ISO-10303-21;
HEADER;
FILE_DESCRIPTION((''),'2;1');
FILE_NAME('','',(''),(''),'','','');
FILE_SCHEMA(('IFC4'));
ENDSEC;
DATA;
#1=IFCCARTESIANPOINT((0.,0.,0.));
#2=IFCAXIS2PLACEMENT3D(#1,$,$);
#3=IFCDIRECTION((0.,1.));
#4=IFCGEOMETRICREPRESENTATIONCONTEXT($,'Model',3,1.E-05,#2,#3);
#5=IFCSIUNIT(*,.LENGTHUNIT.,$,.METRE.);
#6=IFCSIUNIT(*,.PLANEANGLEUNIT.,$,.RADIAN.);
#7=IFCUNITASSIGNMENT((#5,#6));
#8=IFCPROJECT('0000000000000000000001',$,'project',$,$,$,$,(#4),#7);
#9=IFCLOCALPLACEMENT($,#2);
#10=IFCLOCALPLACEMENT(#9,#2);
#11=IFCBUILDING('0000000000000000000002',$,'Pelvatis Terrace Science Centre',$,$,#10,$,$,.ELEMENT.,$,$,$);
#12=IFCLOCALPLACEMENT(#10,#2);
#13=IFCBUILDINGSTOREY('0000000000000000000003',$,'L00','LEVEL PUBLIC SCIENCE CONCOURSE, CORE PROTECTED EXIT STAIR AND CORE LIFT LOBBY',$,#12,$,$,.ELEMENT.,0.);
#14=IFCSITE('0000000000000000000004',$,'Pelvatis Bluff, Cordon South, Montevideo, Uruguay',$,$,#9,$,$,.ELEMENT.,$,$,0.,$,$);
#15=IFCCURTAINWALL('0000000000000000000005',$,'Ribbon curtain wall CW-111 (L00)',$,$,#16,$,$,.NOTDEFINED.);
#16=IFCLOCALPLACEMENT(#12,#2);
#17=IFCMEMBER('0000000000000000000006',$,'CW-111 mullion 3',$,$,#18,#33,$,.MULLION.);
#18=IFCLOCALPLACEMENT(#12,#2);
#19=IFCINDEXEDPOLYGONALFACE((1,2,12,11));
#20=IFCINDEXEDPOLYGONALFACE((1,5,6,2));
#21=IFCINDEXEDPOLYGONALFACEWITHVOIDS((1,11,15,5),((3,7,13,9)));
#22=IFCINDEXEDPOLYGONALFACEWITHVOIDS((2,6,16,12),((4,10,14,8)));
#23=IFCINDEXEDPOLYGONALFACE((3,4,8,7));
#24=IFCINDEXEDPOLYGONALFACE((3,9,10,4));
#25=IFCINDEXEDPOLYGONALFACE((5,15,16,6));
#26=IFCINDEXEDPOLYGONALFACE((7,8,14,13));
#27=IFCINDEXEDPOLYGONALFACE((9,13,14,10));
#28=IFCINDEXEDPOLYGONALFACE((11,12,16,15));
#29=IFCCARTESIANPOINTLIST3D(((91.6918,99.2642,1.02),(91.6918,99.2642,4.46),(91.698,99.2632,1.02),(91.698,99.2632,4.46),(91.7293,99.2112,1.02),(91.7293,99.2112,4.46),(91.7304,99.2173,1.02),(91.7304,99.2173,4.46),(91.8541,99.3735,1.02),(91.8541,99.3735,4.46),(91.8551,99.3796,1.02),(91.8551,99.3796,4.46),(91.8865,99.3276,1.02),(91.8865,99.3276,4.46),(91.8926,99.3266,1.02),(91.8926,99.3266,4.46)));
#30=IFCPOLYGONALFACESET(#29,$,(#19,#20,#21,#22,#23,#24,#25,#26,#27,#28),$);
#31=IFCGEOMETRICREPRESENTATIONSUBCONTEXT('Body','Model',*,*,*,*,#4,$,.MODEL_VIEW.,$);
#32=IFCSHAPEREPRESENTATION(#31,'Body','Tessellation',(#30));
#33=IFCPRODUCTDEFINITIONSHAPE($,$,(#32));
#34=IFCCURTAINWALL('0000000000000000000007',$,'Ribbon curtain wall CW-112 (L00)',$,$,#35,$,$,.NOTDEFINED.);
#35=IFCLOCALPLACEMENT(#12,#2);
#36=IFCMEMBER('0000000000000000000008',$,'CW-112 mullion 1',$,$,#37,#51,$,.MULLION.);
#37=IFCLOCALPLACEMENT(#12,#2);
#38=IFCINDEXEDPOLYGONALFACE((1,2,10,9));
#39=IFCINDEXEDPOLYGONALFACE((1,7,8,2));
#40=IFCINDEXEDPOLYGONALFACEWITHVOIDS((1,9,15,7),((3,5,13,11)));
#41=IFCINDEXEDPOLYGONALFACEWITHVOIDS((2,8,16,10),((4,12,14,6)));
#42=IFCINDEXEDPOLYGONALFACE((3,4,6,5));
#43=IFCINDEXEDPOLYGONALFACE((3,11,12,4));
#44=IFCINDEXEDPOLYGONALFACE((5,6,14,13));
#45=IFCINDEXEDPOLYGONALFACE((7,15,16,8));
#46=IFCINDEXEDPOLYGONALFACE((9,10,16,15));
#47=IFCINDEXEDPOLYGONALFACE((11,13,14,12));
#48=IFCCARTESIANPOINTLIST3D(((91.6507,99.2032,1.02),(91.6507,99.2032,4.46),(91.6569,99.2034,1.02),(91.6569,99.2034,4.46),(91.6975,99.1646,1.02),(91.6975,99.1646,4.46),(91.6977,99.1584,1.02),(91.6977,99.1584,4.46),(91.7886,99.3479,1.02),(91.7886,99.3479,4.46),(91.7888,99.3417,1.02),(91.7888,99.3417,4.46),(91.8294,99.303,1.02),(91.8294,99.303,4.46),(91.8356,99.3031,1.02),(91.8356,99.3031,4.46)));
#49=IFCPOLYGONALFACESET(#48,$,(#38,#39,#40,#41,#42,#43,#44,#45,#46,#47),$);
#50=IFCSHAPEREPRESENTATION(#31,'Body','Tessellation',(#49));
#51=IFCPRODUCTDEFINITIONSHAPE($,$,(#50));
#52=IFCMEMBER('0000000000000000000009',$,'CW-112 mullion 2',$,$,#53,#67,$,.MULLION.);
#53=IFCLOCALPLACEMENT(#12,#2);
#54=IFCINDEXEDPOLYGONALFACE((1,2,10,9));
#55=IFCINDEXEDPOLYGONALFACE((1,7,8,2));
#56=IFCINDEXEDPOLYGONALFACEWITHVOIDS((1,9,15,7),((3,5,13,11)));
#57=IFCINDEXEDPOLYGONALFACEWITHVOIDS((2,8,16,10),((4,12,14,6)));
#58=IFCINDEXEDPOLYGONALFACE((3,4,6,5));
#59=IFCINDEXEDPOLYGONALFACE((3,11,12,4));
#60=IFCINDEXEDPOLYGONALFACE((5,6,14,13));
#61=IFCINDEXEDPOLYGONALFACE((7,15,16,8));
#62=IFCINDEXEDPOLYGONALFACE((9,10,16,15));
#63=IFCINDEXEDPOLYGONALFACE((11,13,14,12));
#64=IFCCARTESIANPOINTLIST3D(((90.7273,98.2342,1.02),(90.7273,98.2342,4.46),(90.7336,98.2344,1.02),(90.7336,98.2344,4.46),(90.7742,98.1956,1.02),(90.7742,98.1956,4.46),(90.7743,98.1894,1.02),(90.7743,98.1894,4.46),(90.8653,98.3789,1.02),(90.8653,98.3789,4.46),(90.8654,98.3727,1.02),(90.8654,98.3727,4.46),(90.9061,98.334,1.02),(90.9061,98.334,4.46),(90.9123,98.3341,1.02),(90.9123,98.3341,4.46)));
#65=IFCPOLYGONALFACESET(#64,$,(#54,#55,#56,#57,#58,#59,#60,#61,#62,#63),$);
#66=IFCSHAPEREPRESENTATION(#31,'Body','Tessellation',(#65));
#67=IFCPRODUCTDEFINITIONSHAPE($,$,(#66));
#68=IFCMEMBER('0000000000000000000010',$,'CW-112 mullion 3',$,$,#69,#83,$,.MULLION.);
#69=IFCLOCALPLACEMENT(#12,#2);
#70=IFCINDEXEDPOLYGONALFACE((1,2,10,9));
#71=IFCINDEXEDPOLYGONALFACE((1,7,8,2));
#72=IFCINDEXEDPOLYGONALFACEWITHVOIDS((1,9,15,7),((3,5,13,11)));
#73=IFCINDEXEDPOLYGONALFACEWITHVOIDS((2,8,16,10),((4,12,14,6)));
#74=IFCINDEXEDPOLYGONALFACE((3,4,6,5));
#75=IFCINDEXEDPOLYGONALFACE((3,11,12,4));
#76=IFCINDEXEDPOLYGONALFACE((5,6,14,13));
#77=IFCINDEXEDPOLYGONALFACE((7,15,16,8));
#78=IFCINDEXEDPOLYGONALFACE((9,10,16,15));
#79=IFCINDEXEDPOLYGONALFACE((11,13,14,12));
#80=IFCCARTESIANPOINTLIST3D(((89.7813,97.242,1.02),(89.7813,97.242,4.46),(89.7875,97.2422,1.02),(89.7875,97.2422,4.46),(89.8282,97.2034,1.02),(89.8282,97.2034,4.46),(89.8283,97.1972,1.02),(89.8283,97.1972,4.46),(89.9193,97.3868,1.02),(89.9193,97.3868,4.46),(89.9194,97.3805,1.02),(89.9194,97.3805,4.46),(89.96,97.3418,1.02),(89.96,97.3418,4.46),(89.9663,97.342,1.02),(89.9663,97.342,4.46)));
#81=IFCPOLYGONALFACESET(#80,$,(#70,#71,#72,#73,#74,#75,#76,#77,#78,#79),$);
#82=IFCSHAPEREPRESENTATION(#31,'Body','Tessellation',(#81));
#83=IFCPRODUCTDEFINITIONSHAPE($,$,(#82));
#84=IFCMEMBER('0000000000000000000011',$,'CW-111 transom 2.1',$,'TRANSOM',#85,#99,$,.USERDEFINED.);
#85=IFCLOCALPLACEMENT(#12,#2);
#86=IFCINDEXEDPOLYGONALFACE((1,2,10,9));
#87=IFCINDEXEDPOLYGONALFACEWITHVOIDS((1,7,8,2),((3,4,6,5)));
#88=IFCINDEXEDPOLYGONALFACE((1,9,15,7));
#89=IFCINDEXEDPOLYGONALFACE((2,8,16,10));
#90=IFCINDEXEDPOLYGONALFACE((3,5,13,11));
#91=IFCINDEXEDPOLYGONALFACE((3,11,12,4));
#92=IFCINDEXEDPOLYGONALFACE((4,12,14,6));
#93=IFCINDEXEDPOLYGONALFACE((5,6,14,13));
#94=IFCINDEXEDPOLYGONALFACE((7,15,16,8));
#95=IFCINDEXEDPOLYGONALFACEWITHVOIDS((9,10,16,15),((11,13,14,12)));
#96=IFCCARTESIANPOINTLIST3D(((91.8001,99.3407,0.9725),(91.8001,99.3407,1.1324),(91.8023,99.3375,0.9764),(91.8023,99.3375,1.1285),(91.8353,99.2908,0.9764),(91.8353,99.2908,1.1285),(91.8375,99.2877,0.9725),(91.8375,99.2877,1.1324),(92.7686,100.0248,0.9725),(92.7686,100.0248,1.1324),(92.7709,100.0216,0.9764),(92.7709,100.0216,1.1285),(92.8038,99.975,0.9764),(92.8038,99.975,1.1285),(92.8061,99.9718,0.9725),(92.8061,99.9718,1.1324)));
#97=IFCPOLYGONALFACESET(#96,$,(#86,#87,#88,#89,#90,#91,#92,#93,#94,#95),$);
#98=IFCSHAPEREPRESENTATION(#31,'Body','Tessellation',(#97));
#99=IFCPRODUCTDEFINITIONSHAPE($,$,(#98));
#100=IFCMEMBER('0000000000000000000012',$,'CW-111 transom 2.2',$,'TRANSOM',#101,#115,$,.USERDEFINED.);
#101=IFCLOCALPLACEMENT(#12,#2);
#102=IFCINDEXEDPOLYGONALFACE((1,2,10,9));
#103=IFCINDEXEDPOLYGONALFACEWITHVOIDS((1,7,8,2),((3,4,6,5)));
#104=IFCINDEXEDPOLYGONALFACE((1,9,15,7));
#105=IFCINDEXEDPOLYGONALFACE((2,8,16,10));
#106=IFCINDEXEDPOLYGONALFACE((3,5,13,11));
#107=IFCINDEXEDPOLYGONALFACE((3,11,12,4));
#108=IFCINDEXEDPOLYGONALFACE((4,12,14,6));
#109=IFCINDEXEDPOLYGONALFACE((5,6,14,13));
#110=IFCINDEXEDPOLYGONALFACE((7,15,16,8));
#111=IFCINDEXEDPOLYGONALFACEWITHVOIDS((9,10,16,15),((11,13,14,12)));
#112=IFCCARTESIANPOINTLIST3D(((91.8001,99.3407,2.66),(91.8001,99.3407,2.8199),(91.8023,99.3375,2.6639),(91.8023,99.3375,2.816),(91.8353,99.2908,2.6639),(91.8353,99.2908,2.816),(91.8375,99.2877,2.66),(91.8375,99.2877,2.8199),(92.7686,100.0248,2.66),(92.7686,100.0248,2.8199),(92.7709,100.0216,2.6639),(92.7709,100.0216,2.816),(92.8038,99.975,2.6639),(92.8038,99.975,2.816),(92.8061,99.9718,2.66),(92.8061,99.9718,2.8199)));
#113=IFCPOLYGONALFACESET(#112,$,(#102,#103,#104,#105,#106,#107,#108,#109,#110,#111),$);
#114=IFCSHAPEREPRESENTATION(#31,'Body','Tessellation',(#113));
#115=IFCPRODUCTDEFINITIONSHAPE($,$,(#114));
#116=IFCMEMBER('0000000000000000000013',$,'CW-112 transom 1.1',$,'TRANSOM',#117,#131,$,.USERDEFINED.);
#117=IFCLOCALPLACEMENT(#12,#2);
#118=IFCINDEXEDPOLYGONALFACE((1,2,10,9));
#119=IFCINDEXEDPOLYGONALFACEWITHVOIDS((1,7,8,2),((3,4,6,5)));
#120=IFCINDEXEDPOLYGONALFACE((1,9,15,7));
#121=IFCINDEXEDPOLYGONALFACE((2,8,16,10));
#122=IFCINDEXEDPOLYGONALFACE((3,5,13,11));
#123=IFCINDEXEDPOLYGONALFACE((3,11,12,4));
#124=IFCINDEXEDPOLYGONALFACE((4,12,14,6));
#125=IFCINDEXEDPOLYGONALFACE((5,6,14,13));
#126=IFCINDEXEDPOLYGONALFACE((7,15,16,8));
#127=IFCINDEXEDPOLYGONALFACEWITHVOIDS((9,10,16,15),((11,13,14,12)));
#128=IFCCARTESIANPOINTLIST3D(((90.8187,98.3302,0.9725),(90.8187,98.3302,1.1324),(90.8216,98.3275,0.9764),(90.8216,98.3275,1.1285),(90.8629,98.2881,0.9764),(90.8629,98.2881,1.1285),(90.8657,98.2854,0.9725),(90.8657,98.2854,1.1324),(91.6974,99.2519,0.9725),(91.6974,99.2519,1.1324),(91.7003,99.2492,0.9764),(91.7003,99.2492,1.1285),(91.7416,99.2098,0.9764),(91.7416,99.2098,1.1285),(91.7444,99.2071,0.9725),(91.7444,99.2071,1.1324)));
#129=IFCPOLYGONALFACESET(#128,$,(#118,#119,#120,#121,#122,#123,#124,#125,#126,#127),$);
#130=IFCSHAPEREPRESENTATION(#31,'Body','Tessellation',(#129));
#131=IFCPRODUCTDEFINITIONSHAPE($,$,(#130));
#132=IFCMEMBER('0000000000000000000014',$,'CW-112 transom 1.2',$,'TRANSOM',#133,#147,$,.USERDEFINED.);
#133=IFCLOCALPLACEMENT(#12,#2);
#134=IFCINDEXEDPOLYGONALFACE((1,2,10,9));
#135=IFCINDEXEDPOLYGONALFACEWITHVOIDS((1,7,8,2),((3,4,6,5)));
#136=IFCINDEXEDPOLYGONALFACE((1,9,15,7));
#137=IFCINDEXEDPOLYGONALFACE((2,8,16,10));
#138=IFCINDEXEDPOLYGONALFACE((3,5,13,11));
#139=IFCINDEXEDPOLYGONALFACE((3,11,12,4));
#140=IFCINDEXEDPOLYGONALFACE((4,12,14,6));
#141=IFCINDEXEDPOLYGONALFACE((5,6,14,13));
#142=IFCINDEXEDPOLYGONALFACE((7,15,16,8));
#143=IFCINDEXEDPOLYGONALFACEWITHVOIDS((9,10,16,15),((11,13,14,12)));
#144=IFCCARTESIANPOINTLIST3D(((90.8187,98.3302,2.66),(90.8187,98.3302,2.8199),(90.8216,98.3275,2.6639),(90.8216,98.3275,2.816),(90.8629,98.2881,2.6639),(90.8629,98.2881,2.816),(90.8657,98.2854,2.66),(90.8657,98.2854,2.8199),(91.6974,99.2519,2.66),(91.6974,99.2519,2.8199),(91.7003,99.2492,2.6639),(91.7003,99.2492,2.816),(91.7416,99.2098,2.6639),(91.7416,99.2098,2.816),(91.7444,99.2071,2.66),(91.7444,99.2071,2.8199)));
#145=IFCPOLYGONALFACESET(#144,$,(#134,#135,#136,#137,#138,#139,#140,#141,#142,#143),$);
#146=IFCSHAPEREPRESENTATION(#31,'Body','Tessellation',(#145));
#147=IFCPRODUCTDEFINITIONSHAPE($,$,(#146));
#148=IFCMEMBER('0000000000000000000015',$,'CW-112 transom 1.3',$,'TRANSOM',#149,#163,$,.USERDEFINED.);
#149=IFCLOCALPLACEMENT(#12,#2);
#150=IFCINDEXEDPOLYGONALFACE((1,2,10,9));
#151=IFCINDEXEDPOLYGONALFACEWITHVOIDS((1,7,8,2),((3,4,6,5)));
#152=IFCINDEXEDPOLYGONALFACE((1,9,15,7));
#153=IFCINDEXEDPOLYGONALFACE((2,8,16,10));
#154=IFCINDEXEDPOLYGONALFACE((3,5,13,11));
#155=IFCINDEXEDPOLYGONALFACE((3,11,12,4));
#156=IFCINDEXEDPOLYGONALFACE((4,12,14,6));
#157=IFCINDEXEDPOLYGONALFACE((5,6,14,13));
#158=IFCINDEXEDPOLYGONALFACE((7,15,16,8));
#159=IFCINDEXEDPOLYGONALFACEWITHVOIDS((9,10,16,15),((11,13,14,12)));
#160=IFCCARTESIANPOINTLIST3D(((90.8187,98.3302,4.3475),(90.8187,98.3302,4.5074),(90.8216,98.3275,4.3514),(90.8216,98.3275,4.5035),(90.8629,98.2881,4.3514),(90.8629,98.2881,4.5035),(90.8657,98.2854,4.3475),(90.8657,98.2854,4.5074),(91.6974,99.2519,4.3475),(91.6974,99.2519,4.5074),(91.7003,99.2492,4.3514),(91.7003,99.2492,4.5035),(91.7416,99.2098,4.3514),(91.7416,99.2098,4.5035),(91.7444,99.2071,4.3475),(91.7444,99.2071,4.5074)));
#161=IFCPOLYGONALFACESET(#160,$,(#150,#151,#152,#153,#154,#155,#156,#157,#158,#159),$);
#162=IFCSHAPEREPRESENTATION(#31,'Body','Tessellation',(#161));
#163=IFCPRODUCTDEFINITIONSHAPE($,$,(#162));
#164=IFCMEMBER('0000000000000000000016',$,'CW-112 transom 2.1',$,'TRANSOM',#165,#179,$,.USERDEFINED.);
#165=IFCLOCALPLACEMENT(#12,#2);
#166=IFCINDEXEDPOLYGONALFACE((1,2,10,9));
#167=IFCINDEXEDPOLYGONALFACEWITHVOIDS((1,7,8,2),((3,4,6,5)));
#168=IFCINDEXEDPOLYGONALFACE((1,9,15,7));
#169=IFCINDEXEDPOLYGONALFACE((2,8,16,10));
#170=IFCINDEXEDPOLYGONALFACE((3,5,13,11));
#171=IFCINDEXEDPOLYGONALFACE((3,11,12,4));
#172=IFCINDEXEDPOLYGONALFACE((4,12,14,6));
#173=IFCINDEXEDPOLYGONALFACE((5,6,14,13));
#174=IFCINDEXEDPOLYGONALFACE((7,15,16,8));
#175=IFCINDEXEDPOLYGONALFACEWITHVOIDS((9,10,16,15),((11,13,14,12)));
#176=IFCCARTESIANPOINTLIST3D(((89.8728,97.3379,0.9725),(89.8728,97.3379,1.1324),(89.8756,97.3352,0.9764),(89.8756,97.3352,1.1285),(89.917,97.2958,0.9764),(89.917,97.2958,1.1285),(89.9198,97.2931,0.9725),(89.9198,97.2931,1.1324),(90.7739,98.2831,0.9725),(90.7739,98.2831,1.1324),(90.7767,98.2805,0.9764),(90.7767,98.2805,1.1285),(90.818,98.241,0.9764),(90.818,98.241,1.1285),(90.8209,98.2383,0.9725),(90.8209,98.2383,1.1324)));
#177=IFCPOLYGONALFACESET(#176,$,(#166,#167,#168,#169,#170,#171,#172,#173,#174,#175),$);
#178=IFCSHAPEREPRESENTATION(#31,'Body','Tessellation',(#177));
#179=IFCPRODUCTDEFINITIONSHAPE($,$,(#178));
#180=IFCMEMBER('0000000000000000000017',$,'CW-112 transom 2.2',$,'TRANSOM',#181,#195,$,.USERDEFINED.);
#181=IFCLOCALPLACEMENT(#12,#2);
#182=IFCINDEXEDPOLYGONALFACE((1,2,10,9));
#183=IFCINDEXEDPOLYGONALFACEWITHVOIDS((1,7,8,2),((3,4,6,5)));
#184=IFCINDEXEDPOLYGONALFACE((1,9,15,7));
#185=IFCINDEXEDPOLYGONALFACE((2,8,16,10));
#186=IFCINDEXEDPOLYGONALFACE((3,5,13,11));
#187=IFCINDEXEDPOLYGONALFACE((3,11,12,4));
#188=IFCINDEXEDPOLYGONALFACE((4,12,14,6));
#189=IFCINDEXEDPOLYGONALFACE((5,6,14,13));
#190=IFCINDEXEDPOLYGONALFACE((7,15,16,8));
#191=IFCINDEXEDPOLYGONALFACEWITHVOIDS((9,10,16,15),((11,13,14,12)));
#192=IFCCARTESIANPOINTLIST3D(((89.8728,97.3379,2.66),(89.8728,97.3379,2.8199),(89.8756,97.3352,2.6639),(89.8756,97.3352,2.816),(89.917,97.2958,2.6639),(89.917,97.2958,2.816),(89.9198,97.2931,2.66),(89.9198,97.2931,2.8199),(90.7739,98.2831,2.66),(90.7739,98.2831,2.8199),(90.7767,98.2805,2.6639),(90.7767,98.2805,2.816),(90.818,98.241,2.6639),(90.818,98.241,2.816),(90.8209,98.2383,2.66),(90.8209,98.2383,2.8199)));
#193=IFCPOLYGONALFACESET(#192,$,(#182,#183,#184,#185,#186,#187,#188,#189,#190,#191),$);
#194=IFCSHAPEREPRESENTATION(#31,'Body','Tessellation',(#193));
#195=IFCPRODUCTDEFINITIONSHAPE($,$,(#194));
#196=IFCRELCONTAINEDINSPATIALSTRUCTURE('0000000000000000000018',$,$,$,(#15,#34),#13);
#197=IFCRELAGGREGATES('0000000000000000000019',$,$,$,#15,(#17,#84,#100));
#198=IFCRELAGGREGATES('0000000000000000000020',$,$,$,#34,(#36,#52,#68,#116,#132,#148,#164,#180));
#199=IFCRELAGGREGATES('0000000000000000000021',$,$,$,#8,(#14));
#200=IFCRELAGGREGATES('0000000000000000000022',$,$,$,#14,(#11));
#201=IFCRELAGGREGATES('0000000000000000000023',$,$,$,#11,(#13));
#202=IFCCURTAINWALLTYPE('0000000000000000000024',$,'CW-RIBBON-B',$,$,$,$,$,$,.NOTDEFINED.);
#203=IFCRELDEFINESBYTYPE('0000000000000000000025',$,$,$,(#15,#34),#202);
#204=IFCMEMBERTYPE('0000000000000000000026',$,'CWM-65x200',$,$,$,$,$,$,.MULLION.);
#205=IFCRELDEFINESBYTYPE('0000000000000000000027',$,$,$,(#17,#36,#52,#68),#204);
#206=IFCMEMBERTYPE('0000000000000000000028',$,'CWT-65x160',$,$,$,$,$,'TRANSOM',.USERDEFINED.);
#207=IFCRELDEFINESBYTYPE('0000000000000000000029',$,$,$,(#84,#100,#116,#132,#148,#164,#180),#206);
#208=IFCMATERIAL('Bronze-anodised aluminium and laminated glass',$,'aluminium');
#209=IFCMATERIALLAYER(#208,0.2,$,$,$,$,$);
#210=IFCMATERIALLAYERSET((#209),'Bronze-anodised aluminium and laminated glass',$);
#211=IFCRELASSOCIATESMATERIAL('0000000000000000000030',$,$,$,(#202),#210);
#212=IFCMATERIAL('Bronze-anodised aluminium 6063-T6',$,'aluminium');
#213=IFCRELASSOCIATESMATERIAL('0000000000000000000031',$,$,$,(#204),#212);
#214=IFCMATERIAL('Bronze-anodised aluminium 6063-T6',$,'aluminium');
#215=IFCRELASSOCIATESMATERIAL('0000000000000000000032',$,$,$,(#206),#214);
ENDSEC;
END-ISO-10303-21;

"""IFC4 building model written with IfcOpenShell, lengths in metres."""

from ifc_helpers import new_model, si_unit, direction, frame, origin, origin_2d, place, context, subcontext, project, spatial, hollow_rectangle, extrude, material, layer, layer_set, material_profile, profile_set, type_object, element, aggregate, save


model = new_model("IFC4")

# Units and contexts
model_context = context("Model", 3, precision=1e-05, world=origin(), true_north=direction((0.0, 1.0)))
body_context = subcontext(model_context, "Body", "Model", "MODEL_VIEW")
ifc_project = project(units=[si_unit("LENGTHUNIT", "METRE"), si_unit("PLANEANGLEUNIT", "RADIAN")], contexts=[model_context])

# Site, building, storey
site_placement = place(None, origin())
site = spatial("IfcSite", under=ifc_project, at=site_placement, Name="Pelvatis Bluff, Cordon South, Montevideo, Uruguay", CompositionType="ELEMENT", RefElevation=0.0)
building_placement = place(site_placement, origin())
building = spatial("IfcBuilding", under=site, at=building_placement, Name="Pelvatis Terrace Science Centre", CompositionType="ELEMENT")
storey_placement = place(building_placement, origin())
storey = spatial("IfcBuildingStorey", under=building, at=storey_placement, Name="L00", Description="LEVEL PUBLIC SCIENCE CONCOURSE, CORE PROTECTED EXIT STAIR AND CORE LIFT LOBBY", CompositionType="ELEMENT", Elevation=0.0)

# Curtain wall, member
ifc_material_1 = material(Name="Bronze-anodised aluminium and laminated glass", Category="aluminium")
ifc_layer_1 = layer(ifc_material_1, 0.2)
ifc_layer_set_1 = layer_set([ifc_layer_1], Name="Bronze-anodised aluminium and laminated glass")
curtain_wall_type = type_object("IfcCurtainWallType", Name="CW-RIBBON-B", PredefinedType="NOTDEFINED", material=ifc_layer_set_1)
curtain_wall_1_placement = place(storey_placement, origin())
curtain_wall_1 = element("IfcCurtainWall", 1, at=curtain_wall_1_placement, inside=storey, type_object=curtain_wall_type, Name="Ribbon curtain wall CW-111 (L00)", PredefinedType="NOTDEFINED")
ifc_material_2 = material(Name="Bronze-anodised aluminium 6063-T6", Category="aluminium")
ifc_material_profile_1 = material_profile(ifc_material_2, hollow_rectangle(XDim=0.0649, YDim=0.2, WallThickness=0.0044, at=origin_2d()), Name="ALU-MUL 65x200")
ifc_profile_set_1 = profile_set([ifc_material_profile_1], Name="Bronze-anodised aluminium 6063-T6")
member_type_1 = type_object("IfcMemberType", Name="CWM-65x200", PredefinedType="MULLION", material=ifc_profile_set_1)
member_1_placement = place(storey_placement, frame((91.7922, 99.2954, 1.02), z_axis=(0.0, 0.0, 1.0), x_axis=(0.577055, -0.816705, 0.0)))
member_1 = element("IfcMember", 2, at=member_1_placement, type_object=member_type_1, Name="CW-111 mullion 3", PredefinedType="MULLION", context=body_context, shape_type="SweptSolid", body=[
    extrude(hollow_rectangle(XDim=0.0649, YDim=0.2, WallThickness=0.0044, at=origin_2d()), origin(), (0.0, 0.0, 1.0), 3.4399),
])

# Curtain wall, members
curtain_wall_2_placement = place(storey_placement, origin())
curtain_wall_2 = element("IfcCurtainWall", 3, at=curtain_wall_2_placement, inside=storey, type_object=curtain_wall_type, Name="Ribbon curtain wall CW-112 (L00)", PredefinedType="NOTDEFINED")
member_2_placement = place(storey_placement, frame((91.7432, 99.2532, 1.02), z_axis=(0.0, 0.0, 1.0), x_axis=(0.723839, -0.689969, 0.0)))
member_2 = element("IfcMember", 4, at=member_2_placement, type_object=member_type_1, Name="CW-112 mullion 1", PredefinedType="MULLION", context=body_context, shape_type="SweptSolid", body=[
    extrude(hollow_rectangle(XDim=0.0649, YDim=0.2, WallThickness=0.0044, at=origin_2d()), origin(), (0.0, 0.0, 1.0), 3.4399),
])
member_3_placement = place(storey_placement, frame((90.8198, 98.2842, 1.02), z_axis=(0.0, 0.0, 1.0), x_axis=(0.723839, -0.689969, 0.0)))
member_3 = element("IfcMember", 5, at=member_3_placement, type_object=member_type_1, Name="CW-112 mullion 2", PredefinedType="MULLION", context=body_context, shape_type="SweptSolid", body=[
    extrude(hollow_rectangle(XDim=0.0649, YDim=0.2, WallThickness=0.0044, at=origin_2d()), origin(), (0.0, 0.0, 1.0), 3.4399),
])
member_4_placement = place(storey_placement, frame((89.8738, 97.292, 1.02), z_axis=(0.0, 0.0, 1.0), x_axis=(0.723839, -0.689969, 0.0)))
member_4 = element("IfcMember", 6, at=member_4_placement, type_object=member_type_1, Name="CW-112 mullion 3", PredefinedType="MULLION", context=body_context, shape_type="SweptSolid", body=[
    extrude(hollow_rectangle(XDim=0.0649, YDim=0.2, WallThickness=0.0044, at=origin_2d()), origin(), (0.0, 0.0, 1.0), 3.4399),
])

# Members
ifc_material_3 = material(Name="Bronze-anodised aluminium 6063-T6", Category="aluminium")
ifc_material_profile_2 = material_profile(ifc_material_3, hollow_rectangle(XDim=0.0649, YDim=0.1599, WallThickness=0.0039, at=origin_2d()), Name="ALU-TRN 65x160")
ifc_profile_set_2 = profile_set([ifc_material_profile_2], Name="Bronze-anodised aluminium 6063-T6")
member_type_2 = type_object("IfcMemberType", Name="CWT-65x160", ElementType="TRANSOM", PredefinedType="USERDEFINED", material=ifc_profile_set_2)
member_5_placement = place(storey_placement, frame((92.7874, 99.9983, 1.0525), z_axis=(-0.816797, -0.576926, 0.0), x_axis=(0.576926, -0.816797, 0.0)))
member_5 = element("IfcMember", 7, at=member_5_placement, type_object=member_type_2, Name="CW-111 transom 2.1", ObjectType="TRANSOM", PredefinedType="USERDEFINED", context=body_context, shape_type="SweptSolid", body=[
    extrude(hollow_rectangle(XDim=0.0649, YDim=0.1599, WallThickness=0.0039, at=origin_2d()), origin(), (0.0, 0.0, 1.0), 1.1858),
])
member_6_placement = place(storey_placement, frame((92.7874, 99.9983, 2.74), z_axis=(-0.816797, -0.576926, 0.0), x_axis=(0.576926, -0.816797, 0.0)))
member_6 = element("IfcMember", 8, at=member_6_placement, type_object=member_type_2, Name="CW-111 transom 2.2", ObjectType="TRANSOM", PredefinedType="USERDEFINED", context=body_context, shape_type="SweptSolid", body=[
    extrude(hollow_rectangle(XDim=0.0649, YDim=0.1599, WallThickness=0.0039, at=origin_2d()), origin(), (0.0, 0.0, 1.0), 1.1858),
])
member_7_placement = place(storey_placement, frame((91.7209, 99.2295, 1.0525), z_axis=(-0.690033, -0.723778, 0.0), x_axis=(0.723778, -0.690033, 0.0)))
member_7 = element("IfcMember", 9, at=member_7_placement, type_object=member_type_2, Name="CW-112 transom 1.1", ObjectType="TRANSOM", PredefinedType="USERDEFINED", context=body_context, shape_type="SweptSolid", body=[
    extrude(hollow_rectangle(XDim=0.0649, YDim=0.1599, WallThickness=0.0039, at=origin_2d()), origin(), (0.0, 0.0, 1.0), 1.2734),
])
member_8_placement = place(storey_placement, frame((91.7209, 99.2295, 2.74), z_axis=(-0.690033, -0.723778, 0.0), x_axis=(0.723778, -0.690033, 0.0)))
member_8 = element("IfcMember", 10, at=member_8_placement, type_object=member_type_2, Name="CW-112 transom 1.2", ObjectType="TRANSOM", PredefinedType="USERDEFINED", context=body_context, shape_type="SweptSolid", body=[
    extrude(hollow_rectangle(XDim=0.0649, YDim=0.1599, WallThickness=0.0039, at=origin_2d()), origin(), (0.0, 0.0, 1.0), 1.2734),
])
member_9_placement = place(storey_placement, frame((91.7209, 99.2295, 4.4275), z_axis=(-0.690033, -0.723778, 0.0), x_axis=(0.723778, -0.690033, 0.0)))
member_9 = element("IfcMember", 11, at=member_9_placement, type_object=member_type_2, Name="CW-112 transom 1.3", ObjectType="TRANSOM", PredefinedType="USERDEFINED", context=body_context, shape_type="SweptSolid", body=[
    extrude(hollow_rectangle(XDim=0.0649, YDim=0.1599, WallThickness=0.0039, at=origin_2d()), origin(), (0.0, 0.0, 1.0), 1.2734),
])
member_10_placement = place(storey_placement, frame((90.7974, 98.2607, 1.0525), z_axis=(-0.689987, -0.723822, 0.0), x_axis=(0.723822, -0.689987, 0.0)))
member_10 = element("IfcMember", 12, at=member_10_placement, type_object=member_type_2, Name="CW-112 transom 2.1", ObjectType="TRANSOM", PredefinedType="USERDEFINED", context=body_context, shape_type="SweptSolid", body=[
    extrude(hollow_rectangle(XDim=0.0649, YDim=0.1599, WallThickness=0.0039, at=origin_2d()), origin(), (0.0, 0.0, 1.0), 1.3059),
])
member_11_placement = place(storey_placement, frame((90.7974, 98.2607, 2.74), z_axis=(-0.689987, -0.723822, 0.0), x_axis=(0.723822, -0.689987, 0.0)))
member_11 = element("IfcMember", 13, at=member_11_placement, type_object=member_type_2, Name="CW-112 transom 2.2", ObjectType="TRANSOM", PredefinedType="USERDEFINED", context=body_context, shape_type="SweptSolid", body=[
    extrude(hollow_rectangle(XDim=0.0649, YDim=0.1599, WallThickness=0.0039, at=origin_2d()), origin(), (0.0, 0.0, 1.0), 1.3059),
])

aggregate(curtain_wall_1, [member_1, member_5, member_6])
aggregate(curtain_wall_2, [member_2, member_3, member_4, member_7, member_8, member_9, member_10, member_11])

save(model, "model.ifc")
